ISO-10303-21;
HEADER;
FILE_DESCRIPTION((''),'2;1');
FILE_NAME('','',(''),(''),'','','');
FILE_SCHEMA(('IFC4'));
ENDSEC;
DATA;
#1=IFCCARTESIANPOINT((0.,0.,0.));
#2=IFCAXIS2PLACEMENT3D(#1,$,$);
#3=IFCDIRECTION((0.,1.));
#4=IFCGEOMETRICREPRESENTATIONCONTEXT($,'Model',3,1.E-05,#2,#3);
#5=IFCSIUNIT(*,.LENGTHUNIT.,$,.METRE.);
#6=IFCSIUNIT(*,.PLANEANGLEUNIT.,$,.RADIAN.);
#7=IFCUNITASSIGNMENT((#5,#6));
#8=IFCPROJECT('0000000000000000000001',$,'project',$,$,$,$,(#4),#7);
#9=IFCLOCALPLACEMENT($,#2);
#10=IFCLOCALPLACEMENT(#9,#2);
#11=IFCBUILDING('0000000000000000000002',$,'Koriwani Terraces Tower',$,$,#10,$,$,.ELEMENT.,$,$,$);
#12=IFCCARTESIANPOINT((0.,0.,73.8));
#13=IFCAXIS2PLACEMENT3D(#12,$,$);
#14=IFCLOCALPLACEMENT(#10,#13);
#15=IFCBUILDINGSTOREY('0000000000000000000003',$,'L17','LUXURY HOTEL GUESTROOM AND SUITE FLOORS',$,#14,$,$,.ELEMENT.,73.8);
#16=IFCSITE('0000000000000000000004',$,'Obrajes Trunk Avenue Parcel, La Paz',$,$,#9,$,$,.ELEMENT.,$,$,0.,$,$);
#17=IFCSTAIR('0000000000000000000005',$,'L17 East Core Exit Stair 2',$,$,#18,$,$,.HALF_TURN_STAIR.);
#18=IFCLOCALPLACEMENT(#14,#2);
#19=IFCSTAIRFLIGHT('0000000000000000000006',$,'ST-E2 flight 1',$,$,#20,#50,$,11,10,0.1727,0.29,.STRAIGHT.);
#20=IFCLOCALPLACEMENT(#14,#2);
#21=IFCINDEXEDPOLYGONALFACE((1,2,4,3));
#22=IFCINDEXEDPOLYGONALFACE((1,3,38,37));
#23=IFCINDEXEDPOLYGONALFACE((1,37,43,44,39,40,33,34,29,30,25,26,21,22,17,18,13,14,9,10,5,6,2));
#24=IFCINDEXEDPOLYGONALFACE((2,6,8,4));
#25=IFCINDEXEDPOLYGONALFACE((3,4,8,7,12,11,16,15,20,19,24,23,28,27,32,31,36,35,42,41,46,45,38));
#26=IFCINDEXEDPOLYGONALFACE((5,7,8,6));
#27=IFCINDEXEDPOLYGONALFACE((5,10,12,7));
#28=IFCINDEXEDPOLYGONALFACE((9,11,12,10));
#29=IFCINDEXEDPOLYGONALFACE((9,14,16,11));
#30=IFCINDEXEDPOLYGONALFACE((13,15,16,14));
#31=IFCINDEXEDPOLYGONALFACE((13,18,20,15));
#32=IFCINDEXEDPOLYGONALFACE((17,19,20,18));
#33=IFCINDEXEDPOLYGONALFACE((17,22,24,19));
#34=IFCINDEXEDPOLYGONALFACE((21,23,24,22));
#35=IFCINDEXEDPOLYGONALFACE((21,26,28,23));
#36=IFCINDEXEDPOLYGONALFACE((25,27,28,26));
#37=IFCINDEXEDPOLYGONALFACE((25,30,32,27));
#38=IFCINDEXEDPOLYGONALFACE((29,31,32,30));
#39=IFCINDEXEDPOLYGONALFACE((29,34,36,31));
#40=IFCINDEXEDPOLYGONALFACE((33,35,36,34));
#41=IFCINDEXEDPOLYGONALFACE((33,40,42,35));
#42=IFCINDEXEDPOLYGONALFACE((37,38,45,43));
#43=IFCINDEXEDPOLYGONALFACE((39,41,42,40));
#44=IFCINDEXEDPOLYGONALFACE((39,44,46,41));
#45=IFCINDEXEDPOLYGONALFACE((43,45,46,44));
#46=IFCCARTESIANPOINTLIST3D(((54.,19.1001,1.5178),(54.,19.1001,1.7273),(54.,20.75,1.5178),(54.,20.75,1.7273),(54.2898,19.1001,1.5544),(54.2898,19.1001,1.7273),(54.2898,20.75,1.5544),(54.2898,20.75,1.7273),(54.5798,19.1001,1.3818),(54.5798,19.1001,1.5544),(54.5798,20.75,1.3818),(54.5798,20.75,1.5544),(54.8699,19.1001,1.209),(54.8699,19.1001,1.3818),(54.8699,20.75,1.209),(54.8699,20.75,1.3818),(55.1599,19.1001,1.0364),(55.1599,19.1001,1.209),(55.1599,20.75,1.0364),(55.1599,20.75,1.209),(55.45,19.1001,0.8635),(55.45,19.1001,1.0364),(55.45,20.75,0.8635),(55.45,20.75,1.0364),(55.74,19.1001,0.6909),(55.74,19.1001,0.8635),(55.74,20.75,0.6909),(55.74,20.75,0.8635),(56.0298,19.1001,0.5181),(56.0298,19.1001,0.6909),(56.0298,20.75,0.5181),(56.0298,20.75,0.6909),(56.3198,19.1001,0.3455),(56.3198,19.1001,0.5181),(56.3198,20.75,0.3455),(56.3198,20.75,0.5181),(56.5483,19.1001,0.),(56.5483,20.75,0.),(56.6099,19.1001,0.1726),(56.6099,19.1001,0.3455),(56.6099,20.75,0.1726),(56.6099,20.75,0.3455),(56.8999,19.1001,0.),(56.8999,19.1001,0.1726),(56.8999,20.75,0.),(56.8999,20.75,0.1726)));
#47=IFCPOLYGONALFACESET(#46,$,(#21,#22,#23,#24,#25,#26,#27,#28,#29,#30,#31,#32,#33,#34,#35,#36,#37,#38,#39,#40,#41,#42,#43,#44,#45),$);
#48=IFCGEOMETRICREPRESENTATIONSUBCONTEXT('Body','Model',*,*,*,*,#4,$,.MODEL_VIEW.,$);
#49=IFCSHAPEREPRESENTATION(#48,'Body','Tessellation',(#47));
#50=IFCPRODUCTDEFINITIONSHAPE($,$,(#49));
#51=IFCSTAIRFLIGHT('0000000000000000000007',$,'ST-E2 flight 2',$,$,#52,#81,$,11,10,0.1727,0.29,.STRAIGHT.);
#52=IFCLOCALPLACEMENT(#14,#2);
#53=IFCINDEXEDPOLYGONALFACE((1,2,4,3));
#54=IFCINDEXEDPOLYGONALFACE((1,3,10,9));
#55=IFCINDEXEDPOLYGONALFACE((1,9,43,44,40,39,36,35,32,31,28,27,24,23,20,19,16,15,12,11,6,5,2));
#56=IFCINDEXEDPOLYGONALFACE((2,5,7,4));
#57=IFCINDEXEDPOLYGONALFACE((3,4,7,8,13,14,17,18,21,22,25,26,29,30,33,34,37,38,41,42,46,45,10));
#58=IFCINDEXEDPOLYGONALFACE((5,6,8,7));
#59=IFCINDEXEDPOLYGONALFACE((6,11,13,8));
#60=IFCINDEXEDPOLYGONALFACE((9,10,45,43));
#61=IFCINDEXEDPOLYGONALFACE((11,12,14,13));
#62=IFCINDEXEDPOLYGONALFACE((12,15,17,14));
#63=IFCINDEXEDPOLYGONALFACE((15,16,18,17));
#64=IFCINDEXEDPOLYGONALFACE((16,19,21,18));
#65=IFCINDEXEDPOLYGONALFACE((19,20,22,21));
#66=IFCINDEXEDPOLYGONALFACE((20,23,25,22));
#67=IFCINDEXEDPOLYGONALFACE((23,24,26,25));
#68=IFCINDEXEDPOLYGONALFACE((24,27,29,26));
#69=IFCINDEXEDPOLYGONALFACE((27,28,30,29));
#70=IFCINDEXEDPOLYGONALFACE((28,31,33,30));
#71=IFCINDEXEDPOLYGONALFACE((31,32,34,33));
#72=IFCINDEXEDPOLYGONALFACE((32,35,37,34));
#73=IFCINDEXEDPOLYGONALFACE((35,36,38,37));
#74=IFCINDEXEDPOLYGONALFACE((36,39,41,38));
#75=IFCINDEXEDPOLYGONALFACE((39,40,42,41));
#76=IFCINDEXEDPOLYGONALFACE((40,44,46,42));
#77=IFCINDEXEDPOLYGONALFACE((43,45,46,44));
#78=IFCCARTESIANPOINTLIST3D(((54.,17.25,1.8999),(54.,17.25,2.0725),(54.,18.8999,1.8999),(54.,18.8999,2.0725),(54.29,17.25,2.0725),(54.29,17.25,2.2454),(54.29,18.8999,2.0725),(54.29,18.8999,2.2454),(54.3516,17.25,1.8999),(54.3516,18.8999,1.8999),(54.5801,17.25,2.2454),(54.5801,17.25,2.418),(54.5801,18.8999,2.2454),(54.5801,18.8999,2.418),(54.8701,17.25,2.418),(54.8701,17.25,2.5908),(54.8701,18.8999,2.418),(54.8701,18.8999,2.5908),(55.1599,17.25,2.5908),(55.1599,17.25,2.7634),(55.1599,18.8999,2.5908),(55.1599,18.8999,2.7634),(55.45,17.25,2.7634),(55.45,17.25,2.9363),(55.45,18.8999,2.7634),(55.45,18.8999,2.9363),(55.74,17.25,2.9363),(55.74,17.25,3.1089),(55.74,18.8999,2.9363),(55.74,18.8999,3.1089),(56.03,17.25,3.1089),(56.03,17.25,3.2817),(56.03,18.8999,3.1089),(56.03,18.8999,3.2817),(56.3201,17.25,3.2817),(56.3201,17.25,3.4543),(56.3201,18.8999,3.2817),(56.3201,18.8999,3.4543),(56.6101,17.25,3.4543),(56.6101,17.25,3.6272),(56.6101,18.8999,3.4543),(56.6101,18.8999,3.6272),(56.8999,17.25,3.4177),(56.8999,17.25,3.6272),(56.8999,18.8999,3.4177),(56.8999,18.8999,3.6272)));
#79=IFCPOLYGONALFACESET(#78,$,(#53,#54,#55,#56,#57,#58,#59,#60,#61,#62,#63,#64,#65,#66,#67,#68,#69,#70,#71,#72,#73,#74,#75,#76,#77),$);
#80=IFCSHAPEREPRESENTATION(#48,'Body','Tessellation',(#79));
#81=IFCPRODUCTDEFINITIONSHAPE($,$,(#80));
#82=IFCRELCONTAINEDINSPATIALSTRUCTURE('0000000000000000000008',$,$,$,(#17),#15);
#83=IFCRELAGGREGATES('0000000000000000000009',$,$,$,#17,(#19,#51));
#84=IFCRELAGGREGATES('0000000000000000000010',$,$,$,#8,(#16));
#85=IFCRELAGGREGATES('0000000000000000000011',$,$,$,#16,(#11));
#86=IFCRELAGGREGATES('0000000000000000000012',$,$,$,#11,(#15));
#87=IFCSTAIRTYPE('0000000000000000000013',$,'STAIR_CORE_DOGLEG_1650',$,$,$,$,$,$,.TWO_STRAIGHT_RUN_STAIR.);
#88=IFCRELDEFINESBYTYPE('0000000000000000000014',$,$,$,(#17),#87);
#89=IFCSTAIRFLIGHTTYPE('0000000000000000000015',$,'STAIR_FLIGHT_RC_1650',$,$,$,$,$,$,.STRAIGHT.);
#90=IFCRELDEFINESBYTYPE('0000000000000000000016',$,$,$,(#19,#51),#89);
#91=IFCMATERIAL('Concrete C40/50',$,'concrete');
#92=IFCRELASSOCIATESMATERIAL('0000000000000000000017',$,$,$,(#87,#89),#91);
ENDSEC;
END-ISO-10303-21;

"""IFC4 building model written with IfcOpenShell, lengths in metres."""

from ifc_helpers import new_model, si_unit, direction, frame, origin, place, context, subcontext, project, spatial, polyline, outline, extrude, material, type_object, element, aggregate, save


model = new_model("IFC4")

# Units and contexts
model_context = context("Model", 3, precision=1e-05, world=origin(), true_north=direction((0.0, 1.0)))
body_context = subcontext(model_context, "Body", "Model", "MODEL_VIEW")
ifc_project = project(units=[si_unit("LENGTHUNIT", "METRE"), si_unit("PLANEANGLEUNIT", "RADIAN")], contexts=[model_context])

# Site, building, storey
site_placement = place(None, origin())
site = spatial("IfcSite", under=ifc_project, at=site_placement, Name="Obrajes Trunk Avenue Parcel, La Paz", CompositionType="ELEMENT", RefElevation=0.0)
building_placement = place(site_placement, origin())
building = spatial("IfcBuilding", under=site, at=building_placement, Name="Koriwani Terraces Tower", CompositionType="ELEMENT")
storey_placement = place(building_placement, frame((0.0, 0.0, 73.8)))
storey = spatial("IfcBuildingStorey", under=building, at=storey_placement, Name="L17", Description="LUXURY HOTEL GUESTROOM AND SUITE FLOORS", CompositionType="ELEMENT", Elevation=73.8)

# Shared definitions
ifc_material_1 = material(Name="Concrete C40/50", Category="concrete")

# Stair, stair flights
stair_type = type_object("IfcStairType", Name="STAIR_CORE_DOGLEG_1650", PredefinedType="TWO_STRAIGHT_RUN_STAIR", material=ifc_material_1)
stair_placement = place(storey_placement, origin())
stair = element("IfcStair", 1, at=stair_placement, inside=storey, type_object=stair_type, Name="L17 East Core Exit Stair 2", PredefinedType="HALF_TURN_STAIR")
stair_flight_type = type_object("IfcStairFlightType", Name="STAIR_FLIGHT_RC_1650", PredefinedType="STRAIGHT", material=ifc_material_1)
stair_flight_1_placement = place(storey_placement, frame((56.8999, 19.925, 0.0), z_axis=(0.0, 0.0, 1.0), x_axis=(-1.0, 0.0, 0.0)))
stair_flight_1 = element("IfcStairFlight", 2, at=stair_flight_1_placement, type_object=stair_flight_type, Name="ST-E2 flight 1", NumberOfRisers=11, NumberOfTreads=10, PredefinedType="STRAIGHT", RiserHeight=0.1727, TreadLength=0.29, context=body_context, shape_type="SweptSolid", body=[
    extrude(outline(polyline([(0.0, 0.0), (0.0, 0.1726), (0.29, 0.1726), (0.29, 0.3455), (0.5801, 0.3455), (0.5801, 0.5181), (0.8701, 0.5181), (0.8701, 0.6909), (1.1599, 0.6909), (1.1599, 0.8635), (1.45, 0.8635), (1.45, 1.0364), (1.74, 1.0364), (1.74, 1.209), (2.03, 1.209), (2.03, 1.3818), (2.3201, 1.3818), (2.3201, 1.5544), (2.6101, 1.5544), (2.6101, 1.7273), (2.8999, 1.7273), (2.8999, 1.8999), (2.8999, 1.5178), (0.3516, 0.0), (0.0, 0.0)])), frame((0.0, 0.825, 0.0), z_axis=(0.0, -1.0, 0.0), x_axis=(1.0, 0.0, 0.0)), (0.0, 0.0, 1.0), 1.6499),
])
stair_flight_2_placement = place(storey_placement, frame((54.0, 18.075, 1.8999), z_axis=(0.0, 0.0, 1.0), x_axis=(1.0, 0.0, 0.0)))
stair_flight_2 = element("IfcStairFlight", 3, at=stair_flight_2_placement, type_object=stair_flight_type, Name="ST-E2 flight 2", NumberOfRisers=11, NumberOfTreads=10, PredefinedType="STRAIGHT", RiserHeight=0.1727, TreadLength=0.29, context=body_context, shape_type="SweptSolid", body=[
    extrude(outline(polyline([(0.0, 0.0), (0.0, 0.1726), (0.29, 0.1726), (0.29, 0.3455), (0.5801, 0.3455), (0.5801, 0.5181), (0.8701, 0.5181), (0.8701, 0.6909), (1.1599, 0.6909), (1.1599, 0.8635), (1.45, 0.8635), (1.45, 1.0364), (1.74, 1.0364), (1.74, 1.209), (2.03, 1.209), (2.03, 1.3818), (2.3201, 1.3818), (2.3201, 1.5544), (2.6101, 1.5544), (2.6101, 1.7273), (2.8999, 1.7273), (2.8999, 1.8999), (2.8999, 1.5178), (0.3516, 0.0), (0.0, 0.0)])), frame((0.0, 0.825, 0.0), z_axis=(0.0, -1.0, 0.0), x_axis=(1.0, 0.0, 0.0)), (0.0, 0.0, 1.0), 1.6499),
])
aggregate(stair, [stair_flight_1, stair_flight_2])

save(model, "model.ifc")
